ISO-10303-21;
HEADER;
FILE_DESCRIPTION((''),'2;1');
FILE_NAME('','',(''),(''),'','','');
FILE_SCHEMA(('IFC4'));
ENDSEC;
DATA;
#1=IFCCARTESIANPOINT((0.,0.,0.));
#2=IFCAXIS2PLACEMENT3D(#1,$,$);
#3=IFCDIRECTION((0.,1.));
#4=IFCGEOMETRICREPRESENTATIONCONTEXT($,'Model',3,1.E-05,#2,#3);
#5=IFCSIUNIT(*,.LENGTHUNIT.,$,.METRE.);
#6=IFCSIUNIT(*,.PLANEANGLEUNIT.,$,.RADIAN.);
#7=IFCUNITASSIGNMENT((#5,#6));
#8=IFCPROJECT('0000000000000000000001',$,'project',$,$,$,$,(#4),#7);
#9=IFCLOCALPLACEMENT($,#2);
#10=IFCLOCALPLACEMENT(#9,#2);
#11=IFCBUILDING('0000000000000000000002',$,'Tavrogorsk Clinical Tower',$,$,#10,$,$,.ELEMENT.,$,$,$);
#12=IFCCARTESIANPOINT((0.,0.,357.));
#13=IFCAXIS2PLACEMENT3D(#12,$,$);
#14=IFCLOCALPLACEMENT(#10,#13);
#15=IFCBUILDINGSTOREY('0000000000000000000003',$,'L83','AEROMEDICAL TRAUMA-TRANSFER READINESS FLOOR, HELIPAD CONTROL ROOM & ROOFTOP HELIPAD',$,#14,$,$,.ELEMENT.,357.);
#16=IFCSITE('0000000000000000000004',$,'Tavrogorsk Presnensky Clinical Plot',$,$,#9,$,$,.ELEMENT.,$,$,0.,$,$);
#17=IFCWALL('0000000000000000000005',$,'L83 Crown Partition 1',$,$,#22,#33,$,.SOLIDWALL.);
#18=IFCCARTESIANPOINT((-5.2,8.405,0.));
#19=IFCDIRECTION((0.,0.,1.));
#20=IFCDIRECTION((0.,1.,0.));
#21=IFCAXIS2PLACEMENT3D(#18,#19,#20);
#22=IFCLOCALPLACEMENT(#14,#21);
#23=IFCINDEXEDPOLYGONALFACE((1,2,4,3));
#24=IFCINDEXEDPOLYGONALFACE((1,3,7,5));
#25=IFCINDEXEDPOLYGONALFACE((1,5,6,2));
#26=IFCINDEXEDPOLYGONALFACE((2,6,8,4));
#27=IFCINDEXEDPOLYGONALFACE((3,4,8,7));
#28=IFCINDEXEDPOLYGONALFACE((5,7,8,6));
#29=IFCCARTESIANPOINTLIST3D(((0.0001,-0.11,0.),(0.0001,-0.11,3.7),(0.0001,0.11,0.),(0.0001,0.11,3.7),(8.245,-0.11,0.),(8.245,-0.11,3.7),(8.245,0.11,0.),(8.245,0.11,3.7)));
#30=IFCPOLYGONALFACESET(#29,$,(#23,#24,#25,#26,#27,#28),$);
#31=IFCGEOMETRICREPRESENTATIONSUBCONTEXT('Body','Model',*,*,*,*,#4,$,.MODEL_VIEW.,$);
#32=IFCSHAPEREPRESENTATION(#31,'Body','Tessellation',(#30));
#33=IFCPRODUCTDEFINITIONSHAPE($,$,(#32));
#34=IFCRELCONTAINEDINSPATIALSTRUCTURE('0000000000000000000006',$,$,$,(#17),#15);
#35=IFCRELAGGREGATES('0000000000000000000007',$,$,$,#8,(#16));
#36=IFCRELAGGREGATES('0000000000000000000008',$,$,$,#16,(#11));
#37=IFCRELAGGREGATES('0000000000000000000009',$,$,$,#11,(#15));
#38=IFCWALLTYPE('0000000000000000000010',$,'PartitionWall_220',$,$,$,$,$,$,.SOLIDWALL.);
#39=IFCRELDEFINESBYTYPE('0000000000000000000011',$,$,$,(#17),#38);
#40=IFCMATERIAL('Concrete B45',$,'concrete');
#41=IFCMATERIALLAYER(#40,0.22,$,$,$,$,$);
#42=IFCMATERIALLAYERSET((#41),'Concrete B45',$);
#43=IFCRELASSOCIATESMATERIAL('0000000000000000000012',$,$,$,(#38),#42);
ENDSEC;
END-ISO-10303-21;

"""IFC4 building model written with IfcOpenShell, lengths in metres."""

from ifc_helpers import new_model, si_unit, direction, frame, frame_2d, origin, place, context, subcontext, project, spatial, rectangle, extrude, material, layer, layer_set, type_object, element, save


model = new_model("IFC4")

# Units and contexts
model_context = context("Model", 3, precision=1e-05, world=origin(), true_north=direction((0.0, 1.0)))
body_context = subcontext(model_context, "Body", "Model", "MODEL_VIEW")
ifc_project = project(units=[si_unit("LENGTHUNIT", "METRE"), si_unit("PLANEANGLEUNIT", "RADIAN")], contexts=[model_context])

# Site, building, storey
site_placement = place(None, origin())
site = spatial("IfcSite", under=ifc_project, at=site_placement, Name="Tavrogorsk Presnensky Clinical Plot", CompositionType="ELEMENT", RefElevation=0.0)
building_placement = place(site_placement, origin())
building = spatial("IfcBuilding", under=site, at=building_placement, Name="Tavrogorsk Clinical Tower", CompositionType="ELEMENT")
storey_placement = place(building_placement, frame((0.0, 0.0, 357.0)))
storey = spatial("IfcBuildingStorey", under=building, at=storey_placement, Name="L83", Description="AEROMEDICAL TRAUMA-TRANSFER READINESS FLOOR, HELIPAD CONTROL ROOM & ROOFTOP HELIPAD", CompositionType="ELEMENT", Elevation=357.0)

# Wall
ifc_material_1 = material(Name="Concrete B45", Category="concrete")
ifc_layer_1 = layer(ifc_material_1, 0.22)
ifc_layer_set_1 = layer_set([ifc_layer_1], Name="Concrete B45")
wall_type_1 = type_object("IfcWallType", Name="PartitionWall_220", PredefinedType="SOLIDWALL", material=ifc_layer_set_1)
wall_1_placement = place(storey_placement, frame((-5.2, 8.405, 0.0), z_axis=(0.0, 0.0, 1.0), x_axis=(0.0, 1.0, 0.0)))
element("IfcWall", 1, at=wall_1_placement, inside=storey, type_object=wall_type_1, Name="L83 Crown Partition 1", PredefinedType="SOLIDWALL", context=body_context, shape_type="SweptSolid", body=[
    extrude(rectangle(XDim=8.2449, YDim=0.22, at=frame_2d((4.1226, 0.0))), origin(), (0.0, 0.0, 1.0), 3.7),
])

save(model, "model.ifc")
